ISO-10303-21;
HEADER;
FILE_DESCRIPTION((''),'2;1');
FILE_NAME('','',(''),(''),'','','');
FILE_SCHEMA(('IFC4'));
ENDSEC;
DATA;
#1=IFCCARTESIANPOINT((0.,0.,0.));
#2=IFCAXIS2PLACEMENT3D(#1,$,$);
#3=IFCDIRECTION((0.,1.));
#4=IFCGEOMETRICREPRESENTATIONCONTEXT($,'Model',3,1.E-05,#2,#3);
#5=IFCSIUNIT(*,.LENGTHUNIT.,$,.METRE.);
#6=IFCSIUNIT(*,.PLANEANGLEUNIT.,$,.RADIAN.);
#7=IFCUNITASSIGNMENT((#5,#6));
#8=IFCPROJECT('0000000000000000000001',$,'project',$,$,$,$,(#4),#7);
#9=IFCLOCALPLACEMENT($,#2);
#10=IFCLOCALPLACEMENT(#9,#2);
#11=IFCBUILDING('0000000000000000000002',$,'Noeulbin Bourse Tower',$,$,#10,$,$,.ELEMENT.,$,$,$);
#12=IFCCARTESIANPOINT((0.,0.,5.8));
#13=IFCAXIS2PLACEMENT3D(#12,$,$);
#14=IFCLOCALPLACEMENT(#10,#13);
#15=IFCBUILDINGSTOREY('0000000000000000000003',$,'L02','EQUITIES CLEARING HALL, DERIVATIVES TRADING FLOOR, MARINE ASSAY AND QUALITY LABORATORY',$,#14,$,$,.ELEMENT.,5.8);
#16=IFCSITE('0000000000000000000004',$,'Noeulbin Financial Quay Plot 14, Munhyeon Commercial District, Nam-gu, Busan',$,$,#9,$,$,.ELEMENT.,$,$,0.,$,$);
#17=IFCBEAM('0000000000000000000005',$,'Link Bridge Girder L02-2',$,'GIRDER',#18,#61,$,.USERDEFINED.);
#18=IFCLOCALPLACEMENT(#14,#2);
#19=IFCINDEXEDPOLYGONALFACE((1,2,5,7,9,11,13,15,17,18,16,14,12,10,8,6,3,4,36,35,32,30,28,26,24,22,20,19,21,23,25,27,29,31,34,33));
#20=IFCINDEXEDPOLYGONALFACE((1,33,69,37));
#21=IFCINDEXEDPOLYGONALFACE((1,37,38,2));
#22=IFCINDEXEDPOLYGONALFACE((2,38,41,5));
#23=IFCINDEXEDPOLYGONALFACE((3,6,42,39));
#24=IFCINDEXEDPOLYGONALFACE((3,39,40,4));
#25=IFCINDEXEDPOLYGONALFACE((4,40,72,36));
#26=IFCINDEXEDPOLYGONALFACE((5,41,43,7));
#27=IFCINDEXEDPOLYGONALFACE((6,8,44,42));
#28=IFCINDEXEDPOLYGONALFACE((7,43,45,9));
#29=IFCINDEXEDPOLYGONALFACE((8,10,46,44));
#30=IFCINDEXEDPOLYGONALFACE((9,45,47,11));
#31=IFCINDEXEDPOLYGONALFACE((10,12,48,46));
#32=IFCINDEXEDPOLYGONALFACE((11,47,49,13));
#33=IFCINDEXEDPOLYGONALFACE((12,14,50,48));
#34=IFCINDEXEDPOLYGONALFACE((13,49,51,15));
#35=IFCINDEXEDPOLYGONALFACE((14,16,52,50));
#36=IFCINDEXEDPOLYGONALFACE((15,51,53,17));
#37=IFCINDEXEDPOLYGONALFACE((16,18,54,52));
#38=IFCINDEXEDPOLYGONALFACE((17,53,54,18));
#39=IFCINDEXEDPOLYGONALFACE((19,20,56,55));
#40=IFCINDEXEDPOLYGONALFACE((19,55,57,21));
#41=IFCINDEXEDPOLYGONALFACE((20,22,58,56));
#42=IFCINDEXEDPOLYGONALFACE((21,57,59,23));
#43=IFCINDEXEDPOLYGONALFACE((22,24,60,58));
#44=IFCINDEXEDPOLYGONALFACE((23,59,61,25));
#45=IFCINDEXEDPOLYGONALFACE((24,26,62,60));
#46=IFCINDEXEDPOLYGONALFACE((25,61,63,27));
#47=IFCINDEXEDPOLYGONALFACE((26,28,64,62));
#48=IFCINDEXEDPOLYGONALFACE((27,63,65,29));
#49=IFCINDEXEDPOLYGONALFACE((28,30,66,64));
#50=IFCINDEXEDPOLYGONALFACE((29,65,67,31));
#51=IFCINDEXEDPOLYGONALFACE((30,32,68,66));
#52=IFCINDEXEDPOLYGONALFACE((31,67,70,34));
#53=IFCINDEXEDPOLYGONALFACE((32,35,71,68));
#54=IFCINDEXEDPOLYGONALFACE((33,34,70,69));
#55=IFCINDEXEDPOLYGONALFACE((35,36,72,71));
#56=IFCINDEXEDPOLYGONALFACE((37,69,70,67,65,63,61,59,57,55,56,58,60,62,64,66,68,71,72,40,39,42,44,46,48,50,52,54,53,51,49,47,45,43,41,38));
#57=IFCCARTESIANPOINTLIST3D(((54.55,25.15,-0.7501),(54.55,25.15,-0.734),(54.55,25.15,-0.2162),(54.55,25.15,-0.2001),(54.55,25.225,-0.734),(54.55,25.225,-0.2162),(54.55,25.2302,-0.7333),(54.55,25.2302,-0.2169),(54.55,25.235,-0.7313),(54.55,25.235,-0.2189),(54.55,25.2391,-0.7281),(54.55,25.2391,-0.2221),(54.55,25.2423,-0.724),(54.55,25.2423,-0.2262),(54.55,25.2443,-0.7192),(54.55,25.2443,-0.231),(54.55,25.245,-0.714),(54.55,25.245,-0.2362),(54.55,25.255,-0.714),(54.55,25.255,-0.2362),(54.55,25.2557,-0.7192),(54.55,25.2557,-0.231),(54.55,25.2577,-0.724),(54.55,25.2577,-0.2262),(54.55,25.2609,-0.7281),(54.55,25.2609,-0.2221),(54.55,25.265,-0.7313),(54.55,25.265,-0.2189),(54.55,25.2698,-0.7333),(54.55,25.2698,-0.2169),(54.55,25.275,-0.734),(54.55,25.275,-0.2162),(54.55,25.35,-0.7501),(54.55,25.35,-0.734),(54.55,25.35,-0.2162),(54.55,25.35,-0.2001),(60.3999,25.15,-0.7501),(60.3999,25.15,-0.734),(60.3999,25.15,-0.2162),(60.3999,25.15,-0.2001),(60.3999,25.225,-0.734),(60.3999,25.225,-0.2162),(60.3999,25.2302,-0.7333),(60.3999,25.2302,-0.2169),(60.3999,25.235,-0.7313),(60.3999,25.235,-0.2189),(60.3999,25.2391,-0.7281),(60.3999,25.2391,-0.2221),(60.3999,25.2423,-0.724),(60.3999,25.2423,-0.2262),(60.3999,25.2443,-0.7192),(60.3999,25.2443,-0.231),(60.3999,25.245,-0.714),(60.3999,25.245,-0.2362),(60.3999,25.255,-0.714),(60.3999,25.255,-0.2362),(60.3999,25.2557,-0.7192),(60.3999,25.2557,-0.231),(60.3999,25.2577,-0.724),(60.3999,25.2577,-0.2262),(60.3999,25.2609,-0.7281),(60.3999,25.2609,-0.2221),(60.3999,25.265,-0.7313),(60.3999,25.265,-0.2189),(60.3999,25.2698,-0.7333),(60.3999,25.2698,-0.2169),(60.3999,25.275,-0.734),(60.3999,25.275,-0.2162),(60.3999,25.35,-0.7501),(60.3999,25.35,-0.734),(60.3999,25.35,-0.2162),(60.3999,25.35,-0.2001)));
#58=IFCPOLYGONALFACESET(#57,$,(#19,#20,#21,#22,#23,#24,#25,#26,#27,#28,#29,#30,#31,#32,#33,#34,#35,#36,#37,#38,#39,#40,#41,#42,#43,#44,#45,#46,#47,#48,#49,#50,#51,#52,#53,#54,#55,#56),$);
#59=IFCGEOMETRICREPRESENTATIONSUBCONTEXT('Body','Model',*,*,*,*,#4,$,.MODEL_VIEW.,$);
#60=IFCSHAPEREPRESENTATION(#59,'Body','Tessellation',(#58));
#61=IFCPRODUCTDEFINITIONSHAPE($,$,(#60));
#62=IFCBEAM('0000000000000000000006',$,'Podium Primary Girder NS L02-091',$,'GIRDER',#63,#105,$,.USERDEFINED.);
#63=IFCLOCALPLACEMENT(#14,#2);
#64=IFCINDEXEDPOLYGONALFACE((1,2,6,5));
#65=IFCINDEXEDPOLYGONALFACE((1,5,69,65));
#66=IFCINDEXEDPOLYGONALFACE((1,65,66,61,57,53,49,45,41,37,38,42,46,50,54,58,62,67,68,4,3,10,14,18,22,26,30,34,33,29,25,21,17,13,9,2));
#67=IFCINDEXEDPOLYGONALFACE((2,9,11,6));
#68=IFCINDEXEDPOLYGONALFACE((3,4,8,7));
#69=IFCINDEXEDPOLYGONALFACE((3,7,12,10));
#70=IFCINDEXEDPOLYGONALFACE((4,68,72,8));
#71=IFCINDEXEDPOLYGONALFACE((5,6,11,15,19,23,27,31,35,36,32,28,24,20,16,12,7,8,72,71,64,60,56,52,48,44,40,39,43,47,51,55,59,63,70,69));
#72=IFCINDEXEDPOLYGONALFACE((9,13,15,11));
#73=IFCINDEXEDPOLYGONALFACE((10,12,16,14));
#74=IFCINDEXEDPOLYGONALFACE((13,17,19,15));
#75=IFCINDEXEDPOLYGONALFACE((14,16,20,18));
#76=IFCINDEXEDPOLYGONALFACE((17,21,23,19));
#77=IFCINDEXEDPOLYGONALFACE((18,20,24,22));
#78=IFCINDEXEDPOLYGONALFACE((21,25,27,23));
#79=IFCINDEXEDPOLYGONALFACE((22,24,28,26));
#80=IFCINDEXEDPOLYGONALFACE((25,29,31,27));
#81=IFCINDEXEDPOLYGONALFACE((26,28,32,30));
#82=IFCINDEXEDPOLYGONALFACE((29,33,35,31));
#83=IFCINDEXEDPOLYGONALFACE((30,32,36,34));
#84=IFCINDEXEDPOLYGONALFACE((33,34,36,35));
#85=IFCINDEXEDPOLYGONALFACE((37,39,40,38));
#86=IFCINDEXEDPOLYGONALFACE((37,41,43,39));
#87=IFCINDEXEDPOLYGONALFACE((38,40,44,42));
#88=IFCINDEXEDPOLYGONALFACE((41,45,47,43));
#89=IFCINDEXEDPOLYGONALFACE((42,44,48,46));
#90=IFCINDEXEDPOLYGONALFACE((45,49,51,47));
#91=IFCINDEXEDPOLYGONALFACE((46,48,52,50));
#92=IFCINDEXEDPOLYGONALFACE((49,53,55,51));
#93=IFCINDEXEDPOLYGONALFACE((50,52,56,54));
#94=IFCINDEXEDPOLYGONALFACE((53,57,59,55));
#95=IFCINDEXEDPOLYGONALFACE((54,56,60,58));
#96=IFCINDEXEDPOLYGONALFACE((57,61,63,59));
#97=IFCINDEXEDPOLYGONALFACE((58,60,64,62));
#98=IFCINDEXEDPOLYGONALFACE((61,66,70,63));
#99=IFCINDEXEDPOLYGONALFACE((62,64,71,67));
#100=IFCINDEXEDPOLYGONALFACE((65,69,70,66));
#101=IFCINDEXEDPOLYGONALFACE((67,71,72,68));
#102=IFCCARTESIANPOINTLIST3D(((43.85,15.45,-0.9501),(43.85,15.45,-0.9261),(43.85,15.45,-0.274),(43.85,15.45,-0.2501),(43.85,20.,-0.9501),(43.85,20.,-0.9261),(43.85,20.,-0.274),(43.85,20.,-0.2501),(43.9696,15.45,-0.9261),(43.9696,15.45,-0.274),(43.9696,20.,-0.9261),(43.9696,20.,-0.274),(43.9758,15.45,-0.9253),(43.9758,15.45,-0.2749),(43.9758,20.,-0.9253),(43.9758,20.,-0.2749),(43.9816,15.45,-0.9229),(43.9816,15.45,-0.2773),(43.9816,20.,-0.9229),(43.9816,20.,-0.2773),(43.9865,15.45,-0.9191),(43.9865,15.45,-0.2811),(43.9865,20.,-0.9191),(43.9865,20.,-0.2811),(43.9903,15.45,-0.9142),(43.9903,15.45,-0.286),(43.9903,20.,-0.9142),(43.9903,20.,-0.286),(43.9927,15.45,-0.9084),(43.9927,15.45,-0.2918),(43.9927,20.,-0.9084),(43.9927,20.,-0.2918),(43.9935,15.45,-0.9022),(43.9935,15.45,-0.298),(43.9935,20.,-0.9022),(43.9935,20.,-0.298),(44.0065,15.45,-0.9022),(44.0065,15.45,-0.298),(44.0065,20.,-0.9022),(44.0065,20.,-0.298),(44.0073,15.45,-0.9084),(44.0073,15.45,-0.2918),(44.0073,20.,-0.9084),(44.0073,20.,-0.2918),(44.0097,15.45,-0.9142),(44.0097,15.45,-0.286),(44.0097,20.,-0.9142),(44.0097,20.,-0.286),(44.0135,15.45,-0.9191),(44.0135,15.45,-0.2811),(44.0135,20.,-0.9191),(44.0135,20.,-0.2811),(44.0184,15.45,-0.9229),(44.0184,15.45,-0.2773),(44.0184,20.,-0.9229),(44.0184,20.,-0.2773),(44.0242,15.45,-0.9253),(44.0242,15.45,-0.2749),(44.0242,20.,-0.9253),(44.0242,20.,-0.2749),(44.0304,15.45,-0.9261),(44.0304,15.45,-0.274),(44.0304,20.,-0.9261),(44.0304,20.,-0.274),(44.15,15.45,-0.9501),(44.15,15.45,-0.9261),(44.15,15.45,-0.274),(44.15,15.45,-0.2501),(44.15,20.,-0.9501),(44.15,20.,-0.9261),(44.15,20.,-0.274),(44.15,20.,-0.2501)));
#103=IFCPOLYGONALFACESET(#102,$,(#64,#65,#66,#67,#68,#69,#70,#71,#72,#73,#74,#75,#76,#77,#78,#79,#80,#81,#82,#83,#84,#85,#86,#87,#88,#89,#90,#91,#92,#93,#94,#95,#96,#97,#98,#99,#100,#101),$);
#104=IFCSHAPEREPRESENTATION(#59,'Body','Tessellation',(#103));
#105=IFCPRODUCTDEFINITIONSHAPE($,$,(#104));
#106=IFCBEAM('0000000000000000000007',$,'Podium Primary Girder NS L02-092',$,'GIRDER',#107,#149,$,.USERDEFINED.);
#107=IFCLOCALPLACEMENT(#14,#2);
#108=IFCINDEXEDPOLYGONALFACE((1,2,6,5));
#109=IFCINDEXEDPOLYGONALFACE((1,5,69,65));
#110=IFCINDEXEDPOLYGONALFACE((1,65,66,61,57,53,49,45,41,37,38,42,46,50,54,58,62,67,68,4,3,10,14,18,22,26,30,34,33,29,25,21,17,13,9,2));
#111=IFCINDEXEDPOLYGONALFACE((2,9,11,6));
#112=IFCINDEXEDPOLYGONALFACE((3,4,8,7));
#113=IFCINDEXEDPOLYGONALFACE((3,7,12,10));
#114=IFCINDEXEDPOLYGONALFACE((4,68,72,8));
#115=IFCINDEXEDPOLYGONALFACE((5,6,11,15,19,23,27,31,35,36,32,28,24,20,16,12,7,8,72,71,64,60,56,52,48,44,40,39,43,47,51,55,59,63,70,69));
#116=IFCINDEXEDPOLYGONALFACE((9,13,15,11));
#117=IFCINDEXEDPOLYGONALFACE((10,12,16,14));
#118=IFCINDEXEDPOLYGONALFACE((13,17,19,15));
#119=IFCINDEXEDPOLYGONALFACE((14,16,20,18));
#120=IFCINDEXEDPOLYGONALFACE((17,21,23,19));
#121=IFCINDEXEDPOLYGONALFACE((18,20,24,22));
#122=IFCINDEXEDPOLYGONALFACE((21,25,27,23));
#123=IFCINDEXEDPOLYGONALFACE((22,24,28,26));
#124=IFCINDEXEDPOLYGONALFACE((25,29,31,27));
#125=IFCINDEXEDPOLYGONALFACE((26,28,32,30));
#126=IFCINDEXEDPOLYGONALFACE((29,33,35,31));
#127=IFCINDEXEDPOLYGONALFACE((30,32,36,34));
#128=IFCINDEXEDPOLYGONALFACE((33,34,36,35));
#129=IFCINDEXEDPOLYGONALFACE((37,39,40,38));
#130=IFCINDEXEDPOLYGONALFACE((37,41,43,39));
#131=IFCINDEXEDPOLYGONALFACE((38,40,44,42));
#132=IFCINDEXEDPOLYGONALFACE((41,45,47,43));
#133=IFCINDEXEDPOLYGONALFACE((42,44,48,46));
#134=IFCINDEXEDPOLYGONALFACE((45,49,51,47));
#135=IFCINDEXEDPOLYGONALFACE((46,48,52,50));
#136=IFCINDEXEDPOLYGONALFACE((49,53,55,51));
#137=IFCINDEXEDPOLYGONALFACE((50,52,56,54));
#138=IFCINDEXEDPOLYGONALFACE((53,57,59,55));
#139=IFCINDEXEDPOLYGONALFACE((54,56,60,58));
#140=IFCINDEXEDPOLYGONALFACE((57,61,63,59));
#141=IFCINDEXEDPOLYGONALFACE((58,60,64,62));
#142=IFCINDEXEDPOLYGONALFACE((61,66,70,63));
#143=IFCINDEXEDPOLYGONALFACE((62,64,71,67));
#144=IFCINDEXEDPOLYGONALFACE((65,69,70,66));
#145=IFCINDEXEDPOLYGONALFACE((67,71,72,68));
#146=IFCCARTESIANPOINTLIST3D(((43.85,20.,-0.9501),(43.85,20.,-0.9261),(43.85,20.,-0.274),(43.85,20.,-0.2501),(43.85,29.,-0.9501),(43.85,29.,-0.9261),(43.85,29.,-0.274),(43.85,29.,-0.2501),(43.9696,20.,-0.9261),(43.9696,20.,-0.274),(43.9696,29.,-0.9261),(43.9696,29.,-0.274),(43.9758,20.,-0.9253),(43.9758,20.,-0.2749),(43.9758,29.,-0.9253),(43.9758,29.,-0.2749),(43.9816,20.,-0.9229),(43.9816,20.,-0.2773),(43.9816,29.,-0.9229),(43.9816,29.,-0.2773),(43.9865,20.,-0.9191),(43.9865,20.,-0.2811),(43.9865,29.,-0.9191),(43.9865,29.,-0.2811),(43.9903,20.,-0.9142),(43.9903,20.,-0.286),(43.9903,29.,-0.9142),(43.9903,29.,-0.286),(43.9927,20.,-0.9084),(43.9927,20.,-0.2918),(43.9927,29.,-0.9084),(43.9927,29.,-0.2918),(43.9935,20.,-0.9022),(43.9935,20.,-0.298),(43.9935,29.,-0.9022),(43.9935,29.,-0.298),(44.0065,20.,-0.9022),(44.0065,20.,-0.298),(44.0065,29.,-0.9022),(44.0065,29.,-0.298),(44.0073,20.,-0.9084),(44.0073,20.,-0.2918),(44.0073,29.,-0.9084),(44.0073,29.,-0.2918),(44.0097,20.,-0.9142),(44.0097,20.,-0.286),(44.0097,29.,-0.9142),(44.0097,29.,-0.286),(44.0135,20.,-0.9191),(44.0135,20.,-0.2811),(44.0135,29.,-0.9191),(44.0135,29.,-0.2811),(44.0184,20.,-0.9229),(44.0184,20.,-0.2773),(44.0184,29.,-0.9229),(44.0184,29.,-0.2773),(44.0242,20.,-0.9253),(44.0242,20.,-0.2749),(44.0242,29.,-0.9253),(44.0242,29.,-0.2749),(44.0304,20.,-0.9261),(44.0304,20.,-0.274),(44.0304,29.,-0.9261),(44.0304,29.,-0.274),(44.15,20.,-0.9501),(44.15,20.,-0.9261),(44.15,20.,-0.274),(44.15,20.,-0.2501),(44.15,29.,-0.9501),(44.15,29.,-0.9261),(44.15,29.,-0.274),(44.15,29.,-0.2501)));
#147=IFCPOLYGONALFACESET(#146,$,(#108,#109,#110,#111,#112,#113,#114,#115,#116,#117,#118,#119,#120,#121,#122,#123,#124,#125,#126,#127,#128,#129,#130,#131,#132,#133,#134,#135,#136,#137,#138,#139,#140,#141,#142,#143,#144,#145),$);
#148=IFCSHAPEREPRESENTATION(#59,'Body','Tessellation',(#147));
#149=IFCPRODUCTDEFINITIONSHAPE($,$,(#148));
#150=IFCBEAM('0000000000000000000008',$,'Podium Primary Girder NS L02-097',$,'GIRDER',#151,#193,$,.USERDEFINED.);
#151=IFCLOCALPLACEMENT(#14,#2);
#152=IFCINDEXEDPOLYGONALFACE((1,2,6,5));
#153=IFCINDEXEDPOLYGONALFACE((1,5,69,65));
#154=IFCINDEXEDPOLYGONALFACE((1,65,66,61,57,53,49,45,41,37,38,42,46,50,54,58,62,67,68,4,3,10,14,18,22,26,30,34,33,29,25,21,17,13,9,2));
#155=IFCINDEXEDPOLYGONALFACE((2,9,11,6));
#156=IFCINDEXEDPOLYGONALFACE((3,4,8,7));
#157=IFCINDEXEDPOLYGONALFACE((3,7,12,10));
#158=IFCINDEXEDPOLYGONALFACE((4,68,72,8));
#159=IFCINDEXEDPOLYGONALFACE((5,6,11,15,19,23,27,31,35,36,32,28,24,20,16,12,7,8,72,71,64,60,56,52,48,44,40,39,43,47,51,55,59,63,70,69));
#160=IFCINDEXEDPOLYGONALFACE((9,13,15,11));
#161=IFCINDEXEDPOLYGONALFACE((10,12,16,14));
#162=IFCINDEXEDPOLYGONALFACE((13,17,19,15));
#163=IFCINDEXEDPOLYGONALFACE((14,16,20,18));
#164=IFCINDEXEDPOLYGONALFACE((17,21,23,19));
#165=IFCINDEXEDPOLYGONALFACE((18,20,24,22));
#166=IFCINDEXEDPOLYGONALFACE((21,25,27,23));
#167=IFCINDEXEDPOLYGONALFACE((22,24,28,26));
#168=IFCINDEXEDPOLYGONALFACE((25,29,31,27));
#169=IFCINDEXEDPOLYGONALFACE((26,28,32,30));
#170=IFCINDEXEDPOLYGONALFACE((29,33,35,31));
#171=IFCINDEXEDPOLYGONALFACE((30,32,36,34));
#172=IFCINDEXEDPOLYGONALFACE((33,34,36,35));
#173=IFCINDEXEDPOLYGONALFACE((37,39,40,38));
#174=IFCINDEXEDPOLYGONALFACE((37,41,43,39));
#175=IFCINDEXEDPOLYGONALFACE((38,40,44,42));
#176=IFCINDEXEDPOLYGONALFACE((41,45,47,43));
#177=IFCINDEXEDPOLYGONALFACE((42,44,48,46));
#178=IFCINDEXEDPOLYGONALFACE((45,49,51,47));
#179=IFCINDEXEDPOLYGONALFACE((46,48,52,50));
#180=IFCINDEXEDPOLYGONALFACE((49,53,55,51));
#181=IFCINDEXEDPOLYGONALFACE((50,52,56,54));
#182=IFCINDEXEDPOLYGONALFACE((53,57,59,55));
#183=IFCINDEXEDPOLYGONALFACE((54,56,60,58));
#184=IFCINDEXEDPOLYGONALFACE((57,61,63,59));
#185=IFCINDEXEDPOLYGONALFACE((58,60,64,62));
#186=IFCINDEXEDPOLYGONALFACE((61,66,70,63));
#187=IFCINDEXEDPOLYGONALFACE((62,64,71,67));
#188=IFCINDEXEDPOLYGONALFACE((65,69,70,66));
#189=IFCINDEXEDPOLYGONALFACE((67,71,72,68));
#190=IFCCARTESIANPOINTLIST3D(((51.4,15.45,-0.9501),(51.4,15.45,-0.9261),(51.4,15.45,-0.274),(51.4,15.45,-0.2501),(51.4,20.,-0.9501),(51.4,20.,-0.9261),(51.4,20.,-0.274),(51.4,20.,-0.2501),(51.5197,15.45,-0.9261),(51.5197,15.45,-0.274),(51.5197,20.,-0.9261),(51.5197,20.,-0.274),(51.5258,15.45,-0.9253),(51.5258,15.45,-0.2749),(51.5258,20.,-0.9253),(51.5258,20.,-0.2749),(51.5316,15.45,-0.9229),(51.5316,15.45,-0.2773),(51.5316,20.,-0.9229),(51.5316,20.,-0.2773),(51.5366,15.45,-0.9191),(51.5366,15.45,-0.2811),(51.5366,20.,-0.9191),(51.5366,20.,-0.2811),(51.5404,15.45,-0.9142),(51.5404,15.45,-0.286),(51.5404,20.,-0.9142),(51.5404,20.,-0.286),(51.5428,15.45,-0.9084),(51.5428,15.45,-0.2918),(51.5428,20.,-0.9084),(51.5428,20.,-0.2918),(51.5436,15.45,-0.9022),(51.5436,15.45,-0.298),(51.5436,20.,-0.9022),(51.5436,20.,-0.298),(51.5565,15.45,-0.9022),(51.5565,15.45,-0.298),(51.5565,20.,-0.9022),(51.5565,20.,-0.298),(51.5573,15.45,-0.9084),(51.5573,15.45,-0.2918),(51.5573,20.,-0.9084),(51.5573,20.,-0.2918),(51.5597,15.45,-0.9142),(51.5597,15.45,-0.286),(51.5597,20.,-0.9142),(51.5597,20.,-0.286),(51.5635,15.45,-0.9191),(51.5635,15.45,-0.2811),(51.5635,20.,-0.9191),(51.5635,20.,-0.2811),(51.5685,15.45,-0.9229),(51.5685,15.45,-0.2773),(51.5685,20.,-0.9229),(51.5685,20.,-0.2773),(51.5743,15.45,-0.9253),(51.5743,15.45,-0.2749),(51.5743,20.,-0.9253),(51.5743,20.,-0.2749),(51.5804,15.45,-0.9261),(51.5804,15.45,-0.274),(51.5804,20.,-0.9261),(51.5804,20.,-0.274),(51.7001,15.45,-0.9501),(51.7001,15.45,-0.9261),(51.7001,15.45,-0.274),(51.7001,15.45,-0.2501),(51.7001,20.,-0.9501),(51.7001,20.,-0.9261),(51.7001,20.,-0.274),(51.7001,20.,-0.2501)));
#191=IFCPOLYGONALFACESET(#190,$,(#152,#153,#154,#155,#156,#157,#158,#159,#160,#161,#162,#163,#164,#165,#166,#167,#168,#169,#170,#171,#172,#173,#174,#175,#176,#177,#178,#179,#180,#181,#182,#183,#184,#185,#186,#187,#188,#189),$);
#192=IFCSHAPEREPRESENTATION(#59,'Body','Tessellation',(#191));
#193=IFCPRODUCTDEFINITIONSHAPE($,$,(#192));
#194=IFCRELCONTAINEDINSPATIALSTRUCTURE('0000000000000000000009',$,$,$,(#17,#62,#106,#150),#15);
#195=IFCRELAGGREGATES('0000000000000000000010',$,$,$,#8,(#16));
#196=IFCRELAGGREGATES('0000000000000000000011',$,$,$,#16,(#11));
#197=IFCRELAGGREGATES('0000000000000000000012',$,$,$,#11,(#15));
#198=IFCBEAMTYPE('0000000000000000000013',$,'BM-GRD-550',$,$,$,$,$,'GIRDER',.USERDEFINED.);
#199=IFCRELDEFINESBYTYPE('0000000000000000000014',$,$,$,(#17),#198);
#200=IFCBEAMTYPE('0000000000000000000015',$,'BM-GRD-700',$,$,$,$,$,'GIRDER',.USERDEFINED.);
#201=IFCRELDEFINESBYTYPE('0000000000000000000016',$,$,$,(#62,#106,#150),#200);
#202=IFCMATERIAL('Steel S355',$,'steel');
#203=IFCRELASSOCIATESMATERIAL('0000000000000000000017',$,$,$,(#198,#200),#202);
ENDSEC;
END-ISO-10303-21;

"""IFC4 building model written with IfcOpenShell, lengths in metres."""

from ifc_helpers import new_model, si_unit, direction, frame, origin, origin_2d, place, context, subcontext, project, spatial, i_section, extrude, material, material_profile, profile_set, type_object, element, save


model = new_model("IFC4")

# Units and contexts
model_context = context("Model", 3, precision=1e-05, world=origin(), true_north=direction((0.0, 1.0)))
body_context = subcontext(model_context, "Body", "Model", "MODEL_VIEW")
ifc_project = project(units=[si_unit("LENGTHUNIT", "METRE"), si_unit("PLANEANGLEUNIT", "RADIAN")], contexts=[model_context])

# Site, building, storey
site_placement = place(None, origin())
site = spatial("IfcSite", under=ifc_project, at=site_placement, Name="Noeulbin Financial Quay Plot 14, Munhyeon Commercial District, Nam-gu, Busan", CompositionType="ELEMENT", RefElevation=0.0)
building_placement = place(site_placement, origin())
building = spatial("IfcBuilding", under=site, at=building_placement, Name="Noeulbin Bourse Tower", CompositionType="ELEMENT")
storey_placement = place(building_placement, frame((0.0, 0.0, 5.8)))
storey = spatial("IfcBuildingStorey", under=building, at=storey_placement, Name="L02", Description="EQUITIES CLEARING HALL, DERIVATIVES TRADING FLOOR, MARINE ASSAY AND QUALITY LABORATORY", CompositionType="ELEMENT", Elevation=5.8)

# Beams
ifc_material_1 = material(Name="Steel S355", Category="steel")
ifc_material_profile_1 = material_profile(ifc_material_1, i_section(OverallWidth=0.2, OverallDepth=0.55, WebThickness=0.01, FlangeThickness=0.0161, FilletRadius=0.02, at=origin_2d()), Name="H-550x200x10x16", Category="LoadBearing")
ifc_profile_set_1 = profile_set([ifc_material_profile_1], Name="Steel S355")
beam_type_1 = type_object("IfcBeamType", Name="BM-GRD-550", ElementType="GIRDER", PredefinedType="USERDEFINED", material=ifc_profile_set_1)
for number, where, z_axis, x_axis, name in (
    (1, (54.55, 25.25, -0.4751), (1.0, 0.0, 0.0), (0.0, 1.0, 0.0), "Link Bridge Girder L02-2"),
):
    element("IfcBeam", number, at=place(storey_placement, frame(where, z_axis=z_axis, x_axis=x_axis)), inside=storey, type_object=beam_type_1, Name=name, ObjectType="GIRDER", PredefinedType="USERDEFINED", context=body_context, shape_type="SweptSolid", body=[
        extrude(i_section(OverallWidth=0.2, OverallDepth=0.55, WebThickness=0.01, FlangeThickness=0.0161, FilletRadius=0.02, at=origin_2d()), origin(), (0.0, 0.0, 1.0), 5.8499),
    ])
ifc_material_profile_2 = material_profile(ifc_material_1, i_section(OverallWidth=0.3, OverallDepth=0.7, WebThickness=0.0129, FlangeThickness=0.0239, FilletRadius=0.0239, at=origin_2d()), Name="H-700x300x13x24", Category="LoadBearing")
ifc_profile_set_2 = profile_set([ifc_material_profile_2], Name="Steel S355")
beam_type_2 = type_object("IfcBeamType", Name="BM-GRD-700", ElementType="GIRDER", PredefinedType="USERDEFINED", material=ifc_profile_set_2)
beam_1_placement = place(storey_placement, frame((44.0, 15.45, -0.6001), z_axis=(0.0, 1.0, 0.0), x_axis=(-1.0, 0.0, 0.0)))
element("IfcBeam", 2, at=beam_1_placement, inside=storey, type_object=beam_type_2, Name="Podium Primary Girder NS L02-091", ObjectType="GIRDER", PredefinedType="USERDEFINED", context=body_context, shape_type="SweptSolid", body=[
    extrude(i_section(OverallWidth=0.3, OverallDepth=0.7, WebThickness=0.0129, FlangeThickness=0.0239, FilletRadius=0.0239, at=origin_2d()), origin(), (0.0, 0.0, 1.0), 4.55),
])
beam_2_placement = place(storey_placement, frame((44.0, 20.0, -0.6001), z_axis=(0.0, 1.0, 0.0), x_axis=(-1.0, 0.0, 0.0)))
element("IfcBeam", 3, at=beam_2_placement, inside=storey, type_object=beam_type_2, Name="Podium Primary Girder NS L02-092", ObjectType="GIRDER", PredefinedType="USERDEFINED", context=body_context, shape_type="SweptSolid", body=[
    extrude(i_section(OverallWidth=0.3, OverallDepth=0.7, WebThickness=0.0129, FlangeThickness=0.0239, FilletRadius=0.0239, at=origin_2d()), origin(), (0.0, 0.0, 1.0), 9.0),
])
beam_3_placement = place(storey_placement, frame((51.55, 15.45, -0.6001), z_axis=(0.0, 1.0, 0.0), x_axis=(-1.0, 0.0, 0.0)))
element("IfcBeam", 4, at=beam_3_placement, inside=storey, type_object=beam_type_2, Name="Podium Primary Girder NS L02-097", ObjectType="GIRDER", PredefinedType="USERDEFINED", context=body_context, shape_type="SweptSolid", body=[
    extrude(i_section(OverallWidth=0.3, OverallDepth=0.7, WebThickness=0.0129, FlangeThickness=0.0239, FilletRadius=0.0239, at=origin_2d()), origin(), (0.0, 0.0, 1.0), 4.55),
])

save(model, "model.ifc")
